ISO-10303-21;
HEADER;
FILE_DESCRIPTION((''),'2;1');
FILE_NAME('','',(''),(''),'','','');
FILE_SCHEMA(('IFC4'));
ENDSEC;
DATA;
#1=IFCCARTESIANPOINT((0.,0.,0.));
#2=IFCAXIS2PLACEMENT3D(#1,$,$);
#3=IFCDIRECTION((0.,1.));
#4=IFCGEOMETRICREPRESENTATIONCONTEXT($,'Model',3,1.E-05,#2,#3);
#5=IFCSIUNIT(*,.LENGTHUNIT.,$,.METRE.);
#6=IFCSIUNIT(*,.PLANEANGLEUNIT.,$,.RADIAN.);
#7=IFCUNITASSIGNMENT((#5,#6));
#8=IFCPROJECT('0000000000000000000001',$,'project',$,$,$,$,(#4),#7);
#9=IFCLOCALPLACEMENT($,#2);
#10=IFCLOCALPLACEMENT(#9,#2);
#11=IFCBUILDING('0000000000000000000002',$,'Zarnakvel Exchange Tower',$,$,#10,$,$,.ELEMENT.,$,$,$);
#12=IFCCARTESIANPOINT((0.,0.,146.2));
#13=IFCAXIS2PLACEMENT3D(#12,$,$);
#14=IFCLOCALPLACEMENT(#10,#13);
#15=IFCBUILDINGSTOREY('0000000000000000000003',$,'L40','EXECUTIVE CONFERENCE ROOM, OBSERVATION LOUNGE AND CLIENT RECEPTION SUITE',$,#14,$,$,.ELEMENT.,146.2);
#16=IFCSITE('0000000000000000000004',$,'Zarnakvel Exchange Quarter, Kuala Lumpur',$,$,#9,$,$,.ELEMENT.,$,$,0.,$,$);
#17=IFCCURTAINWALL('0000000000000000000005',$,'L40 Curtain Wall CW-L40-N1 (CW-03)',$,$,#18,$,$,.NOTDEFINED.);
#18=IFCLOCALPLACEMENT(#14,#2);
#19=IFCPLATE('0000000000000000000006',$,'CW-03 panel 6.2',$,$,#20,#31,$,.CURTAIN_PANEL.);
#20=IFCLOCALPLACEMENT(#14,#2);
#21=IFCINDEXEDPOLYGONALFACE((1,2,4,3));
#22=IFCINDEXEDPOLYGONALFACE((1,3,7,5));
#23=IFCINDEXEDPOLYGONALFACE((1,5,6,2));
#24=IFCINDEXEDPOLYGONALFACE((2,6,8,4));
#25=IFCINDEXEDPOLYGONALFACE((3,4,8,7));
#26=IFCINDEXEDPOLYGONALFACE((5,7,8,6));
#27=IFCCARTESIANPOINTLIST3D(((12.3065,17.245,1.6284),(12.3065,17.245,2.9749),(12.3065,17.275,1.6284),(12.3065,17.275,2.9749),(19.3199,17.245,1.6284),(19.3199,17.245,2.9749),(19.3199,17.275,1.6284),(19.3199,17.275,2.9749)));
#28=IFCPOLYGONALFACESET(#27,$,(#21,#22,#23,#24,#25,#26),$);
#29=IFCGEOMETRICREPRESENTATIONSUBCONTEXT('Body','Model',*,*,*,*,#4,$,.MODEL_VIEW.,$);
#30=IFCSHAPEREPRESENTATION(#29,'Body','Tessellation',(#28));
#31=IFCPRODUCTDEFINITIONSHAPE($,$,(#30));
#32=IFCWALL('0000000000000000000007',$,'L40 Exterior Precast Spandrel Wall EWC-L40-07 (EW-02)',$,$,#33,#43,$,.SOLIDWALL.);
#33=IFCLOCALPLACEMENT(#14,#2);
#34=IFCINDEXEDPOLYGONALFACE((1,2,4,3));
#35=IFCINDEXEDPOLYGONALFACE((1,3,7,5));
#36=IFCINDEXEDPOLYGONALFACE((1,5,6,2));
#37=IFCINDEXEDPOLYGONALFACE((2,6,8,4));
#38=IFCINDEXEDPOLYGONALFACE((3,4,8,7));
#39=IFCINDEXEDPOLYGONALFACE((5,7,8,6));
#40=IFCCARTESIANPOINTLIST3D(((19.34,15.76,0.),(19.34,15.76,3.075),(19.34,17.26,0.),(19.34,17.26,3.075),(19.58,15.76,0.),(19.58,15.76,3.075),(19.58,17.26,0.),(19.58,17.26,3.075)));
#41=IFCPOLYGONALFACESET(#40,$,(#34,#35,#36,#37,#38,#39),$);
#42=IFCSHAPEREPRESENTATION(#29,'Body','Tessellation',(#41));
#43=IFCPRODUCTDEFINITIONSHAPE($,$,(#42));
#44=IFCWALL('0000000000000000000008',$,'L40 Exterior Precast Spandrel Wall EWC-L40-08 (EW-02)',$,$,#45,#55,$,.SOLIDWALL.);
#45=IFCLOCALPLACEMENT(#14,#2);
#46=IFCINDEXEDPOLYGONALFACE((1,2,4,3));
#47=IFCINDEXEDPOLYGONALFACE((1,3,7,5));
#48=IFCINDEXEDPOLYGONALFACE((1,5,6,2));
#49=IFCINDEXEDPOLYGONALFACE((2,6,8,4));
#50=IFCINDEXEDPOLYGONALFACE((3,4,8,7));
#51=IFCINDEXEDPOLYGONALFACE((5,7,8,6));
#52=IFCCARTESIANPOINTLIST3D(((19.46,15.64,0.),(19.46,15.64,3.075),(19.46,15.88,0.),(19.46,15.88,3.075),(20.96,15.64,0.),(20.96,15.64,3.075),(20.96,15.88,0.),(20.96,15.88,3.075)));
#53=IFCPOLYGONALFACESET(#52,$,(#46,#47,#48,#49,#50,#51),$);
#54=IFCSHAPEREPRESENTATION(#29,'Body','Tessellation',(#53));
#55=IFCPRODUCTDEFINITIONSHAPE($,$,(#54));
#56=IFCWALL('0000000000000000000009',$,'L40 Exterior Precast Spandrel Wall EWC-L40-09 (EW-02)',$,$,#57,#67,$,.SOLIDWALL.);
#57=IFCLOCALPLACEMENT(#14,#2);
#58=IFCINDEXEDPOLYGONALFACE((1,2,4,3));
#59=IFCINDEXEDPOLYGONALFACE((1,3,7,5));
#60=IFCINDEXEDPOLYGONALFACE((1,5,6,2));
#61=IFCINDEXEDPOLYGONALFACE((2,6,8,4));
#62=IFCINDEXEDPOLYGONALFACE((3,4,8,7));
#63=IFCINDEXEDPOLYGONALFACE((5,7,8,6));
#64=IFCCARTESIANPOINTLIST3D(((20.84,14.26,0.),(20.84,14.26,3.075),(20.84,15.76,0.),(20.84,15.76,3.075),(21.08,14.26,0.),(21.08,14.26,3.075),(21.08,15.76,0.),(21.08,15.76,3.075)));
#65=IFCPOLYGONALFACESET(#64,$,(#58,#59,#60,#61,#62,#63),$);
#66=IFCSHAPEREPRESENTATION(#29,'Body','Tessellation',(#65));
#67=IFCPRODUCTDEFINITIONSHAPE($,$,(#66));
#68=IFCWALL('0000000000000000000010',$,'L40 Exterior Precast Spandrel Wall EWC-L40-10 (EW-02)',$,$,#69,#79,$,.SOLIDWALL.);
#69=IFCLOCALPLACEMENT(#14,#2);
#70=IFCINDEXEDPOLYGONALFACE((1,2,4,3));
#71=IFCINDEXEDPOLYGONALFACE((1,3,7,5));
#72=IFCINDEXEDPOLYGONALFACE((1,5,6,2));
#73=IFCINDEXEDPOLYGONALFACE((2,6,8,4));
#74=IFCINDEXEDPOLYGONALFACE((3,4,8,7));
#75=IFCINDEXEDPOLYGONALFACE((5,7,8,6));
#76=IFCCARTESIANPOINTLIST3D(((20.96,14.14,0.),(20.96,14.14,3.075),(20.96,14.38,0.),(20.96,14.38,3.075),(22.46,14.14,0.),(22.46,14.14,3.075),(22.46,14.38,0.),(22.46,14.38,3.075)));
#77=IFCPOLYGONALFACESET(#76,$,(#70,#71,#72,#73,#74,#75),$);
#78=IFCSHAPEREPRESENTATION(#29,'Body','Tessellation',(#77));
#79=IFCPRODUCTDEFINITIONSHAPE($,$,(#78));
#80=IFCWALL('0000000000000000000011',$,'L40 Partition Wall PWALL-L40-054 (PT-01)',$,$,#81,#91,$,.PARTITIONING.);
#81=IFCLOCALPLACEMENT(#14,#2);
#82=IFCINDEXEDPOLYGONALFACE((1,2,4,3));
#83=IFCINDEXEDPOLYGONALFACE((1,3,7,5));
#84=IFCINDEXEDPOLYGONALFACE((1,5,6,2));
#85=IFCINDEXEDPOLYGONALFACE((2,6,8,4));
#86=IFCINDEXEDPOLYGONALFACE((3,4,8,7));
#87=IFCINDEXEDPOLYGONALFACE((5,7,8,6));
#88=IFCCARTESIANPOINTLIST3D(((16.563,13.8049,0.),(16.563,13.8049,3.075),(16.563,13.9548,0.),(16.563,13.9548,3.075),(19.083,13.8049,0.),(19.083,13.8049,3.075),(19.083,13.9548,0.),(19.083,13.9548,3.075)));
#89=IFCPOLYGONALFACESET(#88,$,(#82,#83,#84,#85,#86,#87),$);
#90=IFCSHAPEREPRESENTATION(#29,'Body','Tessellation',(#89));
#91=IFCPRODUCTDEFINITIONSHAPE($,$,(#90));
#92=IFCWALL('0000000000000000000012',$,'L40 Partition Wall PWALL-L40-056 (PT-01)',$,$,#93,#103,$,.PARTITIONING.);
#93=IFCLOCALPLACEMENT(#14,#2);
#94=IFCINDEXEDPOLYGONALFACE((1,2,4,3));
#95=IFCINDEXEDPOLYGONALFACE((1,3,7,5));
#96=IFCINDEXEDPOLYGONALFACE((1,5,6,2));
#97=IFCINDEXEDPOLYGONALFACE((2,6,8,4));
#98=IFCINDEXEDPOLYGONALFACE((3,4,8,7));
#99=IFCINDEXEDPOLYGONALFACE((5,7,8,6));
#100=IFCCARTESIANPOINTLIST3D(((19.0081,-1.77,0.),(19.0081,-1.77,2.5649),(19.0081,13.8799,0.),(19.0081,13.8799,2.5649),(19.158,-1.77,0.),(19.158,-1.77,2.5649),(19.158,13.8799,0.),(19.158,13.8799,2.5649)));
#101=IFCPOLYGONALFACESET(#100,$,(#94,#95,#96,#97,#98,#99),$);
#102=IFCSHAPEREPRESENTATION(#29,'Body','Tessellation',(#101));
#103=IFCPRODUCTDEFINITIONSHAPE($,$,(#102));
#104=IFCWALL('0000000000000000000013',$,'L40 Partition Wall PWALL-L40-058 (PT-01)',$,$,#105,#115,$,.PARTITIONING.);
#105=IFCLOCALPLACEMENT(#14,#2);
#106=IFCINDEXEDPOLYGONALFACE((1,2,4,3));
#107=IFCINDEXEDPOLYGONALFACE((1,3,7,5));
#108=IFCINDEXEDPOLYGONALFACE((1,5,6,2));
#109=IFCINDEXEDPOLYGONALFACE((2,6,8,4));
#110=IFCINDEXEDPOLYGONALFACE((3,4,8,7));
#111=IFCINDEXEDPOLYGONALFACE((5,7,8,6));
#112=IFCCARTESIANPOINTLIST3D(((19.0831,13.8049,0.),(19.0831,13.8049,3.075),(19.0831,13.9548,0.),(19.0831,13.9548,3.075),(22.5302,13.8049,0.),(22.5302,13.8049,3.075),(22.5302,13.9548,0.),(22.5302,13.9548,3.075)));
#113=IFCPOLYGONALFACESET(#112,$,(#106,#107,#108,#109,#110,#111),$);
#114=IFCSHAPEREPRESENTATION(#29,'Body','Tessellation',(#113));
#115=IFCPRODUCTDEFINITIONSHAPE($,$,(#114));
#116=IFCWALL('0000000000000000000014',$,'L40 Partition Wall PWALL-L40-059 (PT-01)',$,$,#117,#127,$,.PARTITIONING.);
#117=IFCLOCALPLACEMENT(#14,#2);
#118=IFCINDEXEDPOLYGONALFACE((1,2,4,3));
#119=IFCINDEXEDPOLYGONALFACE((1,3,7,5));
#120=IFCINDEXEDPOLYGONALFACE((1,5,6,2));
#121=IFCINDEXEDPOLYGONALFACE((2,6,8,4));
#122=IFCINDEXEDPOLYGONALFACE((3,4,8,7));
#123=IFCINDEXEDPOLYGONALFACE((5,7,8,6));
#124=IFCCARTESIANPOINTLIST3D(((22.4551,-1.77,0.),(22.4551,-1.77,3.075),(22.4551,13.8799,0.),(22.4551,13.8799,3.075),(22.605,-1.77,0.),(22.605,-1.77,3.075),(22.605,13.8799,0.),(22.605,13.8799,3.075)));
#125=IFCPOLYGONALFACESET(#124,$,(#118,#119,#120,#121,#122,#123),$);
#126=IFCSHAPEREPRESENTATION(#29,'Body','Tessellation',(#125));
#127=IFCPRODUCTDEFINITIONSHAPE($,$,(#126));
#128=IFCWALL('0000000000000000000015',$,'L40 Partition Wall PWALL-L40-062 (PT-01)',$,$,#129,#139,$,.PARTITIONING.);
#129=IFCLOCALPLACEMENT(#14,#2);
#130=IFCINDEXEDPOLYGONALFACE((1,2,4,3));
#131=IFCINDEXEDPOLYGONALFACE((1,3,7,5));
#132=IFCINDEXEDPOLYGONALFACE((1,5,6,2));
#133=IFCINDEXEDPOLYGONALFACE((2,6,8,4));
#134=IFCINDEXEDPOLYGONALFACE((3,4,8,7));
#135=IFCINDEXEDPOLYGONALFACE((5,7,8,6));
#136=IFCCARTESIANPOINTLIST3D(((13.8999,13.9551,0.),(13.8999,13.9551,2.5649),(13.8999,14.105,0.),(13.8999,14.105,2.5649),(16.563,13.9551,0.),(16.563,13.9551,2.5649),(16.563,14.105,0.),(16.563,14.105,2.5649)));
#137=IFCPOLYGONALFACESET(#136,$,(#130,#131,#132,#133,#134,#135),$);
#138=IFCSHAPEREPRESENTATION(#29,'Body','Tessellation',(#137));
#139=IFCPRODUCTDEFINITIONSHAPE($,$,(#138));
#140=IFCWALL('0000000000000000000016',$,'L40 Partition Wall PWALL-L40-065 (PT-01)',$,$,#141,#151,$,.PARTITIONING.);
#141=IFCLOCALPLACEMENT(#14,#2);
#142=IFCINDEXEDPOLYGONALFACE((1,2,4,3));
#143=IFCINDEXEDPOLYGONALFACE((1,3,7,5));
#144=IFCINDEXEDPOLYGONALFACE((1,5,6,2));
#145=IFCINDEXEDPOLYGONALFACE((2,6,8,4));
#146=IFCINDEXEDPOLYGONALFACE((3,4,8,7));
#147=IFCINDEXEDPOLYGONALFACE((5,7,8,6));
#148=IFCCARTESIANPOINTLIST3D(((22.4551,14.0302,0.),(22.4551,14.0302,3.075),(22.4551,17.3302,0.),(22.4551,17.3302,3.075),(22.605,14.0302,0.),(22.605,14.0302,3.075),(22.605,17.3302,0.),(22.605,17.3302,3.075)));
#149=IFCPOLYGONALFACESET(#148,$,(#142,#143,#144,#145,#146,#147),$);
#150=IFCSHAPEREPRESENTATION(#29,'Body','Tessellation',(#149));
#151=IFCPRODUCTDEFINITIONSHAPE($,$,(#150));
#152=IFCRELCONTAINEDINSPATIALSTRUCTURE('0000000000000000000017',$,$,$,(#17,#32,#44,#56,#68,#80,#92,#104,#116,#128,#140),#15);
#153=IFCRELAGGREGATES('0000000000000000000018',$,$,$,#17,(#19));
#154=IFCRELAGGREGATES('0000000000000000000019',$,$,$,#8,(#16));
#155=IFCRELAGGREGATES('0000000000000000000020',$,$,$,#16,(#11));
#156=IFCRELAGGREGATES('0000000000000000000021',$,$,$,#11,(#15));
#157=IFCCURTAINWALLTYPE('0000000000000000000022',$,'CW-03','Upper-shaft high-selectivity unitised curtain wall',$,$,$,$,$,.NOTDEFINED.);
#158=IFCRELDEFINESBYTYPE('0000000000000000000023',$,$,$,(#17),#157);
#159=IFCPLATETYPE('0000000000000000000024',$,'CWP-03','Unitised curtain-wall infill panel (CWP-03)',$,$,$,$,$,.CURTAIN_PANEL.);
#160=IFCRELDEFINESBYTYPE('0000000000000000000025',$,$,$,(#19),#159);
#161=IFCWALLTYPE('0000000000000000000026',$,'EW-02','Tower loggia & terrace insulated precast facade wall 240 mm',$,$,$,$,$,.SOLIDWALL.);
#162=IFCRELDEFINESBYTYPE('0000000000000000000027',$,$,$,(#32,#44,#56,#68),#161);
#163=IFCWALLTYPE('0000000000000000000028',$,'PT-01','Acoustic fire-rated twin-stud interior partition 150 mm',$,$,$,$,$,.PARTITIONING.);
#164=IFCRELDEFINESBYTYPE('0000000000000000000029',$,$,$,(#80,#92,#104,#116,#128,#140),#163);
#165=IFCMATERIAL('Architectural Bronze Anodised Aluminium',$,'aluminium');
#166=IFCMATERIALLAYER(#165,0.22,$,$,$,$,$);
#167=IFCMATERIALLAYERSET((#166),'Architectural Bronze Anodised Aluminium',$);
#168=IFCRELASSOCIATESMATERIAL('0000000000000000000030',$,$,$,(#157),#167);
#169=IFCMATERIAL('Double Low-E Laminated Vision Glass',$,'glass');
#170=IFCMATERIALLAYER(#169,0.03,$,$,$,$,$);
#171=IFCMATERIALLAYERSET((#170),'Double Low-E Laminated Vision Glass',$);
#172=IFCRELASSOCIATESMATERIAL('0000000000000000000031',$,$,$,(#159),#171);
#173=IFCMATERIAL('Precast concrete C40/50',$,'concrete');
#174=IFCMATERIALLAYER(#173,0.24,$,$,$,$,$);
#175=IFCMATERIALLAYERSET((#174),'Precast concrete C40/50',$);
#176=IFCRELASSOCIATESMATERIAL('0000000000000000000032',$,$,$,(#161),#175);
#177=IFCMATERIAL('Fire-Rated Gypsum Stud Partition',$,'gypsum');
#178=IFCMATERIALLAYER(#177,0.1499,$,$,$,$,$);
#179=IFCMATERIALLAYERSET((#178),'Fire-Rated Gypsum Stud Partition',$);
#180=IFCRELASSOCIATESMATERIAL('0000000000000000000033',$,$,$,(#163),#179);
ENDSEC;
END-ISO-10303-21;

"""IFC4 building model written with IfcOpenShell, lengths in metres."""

from ifc_helpers import new_model, si_unit, direction, frame, frame_2d, origin, origin_2d, place, context, subcontext, project, spatial, rectangle, extrude, source, transform, mapped, material, layer, layer_set, type_object, element, aggregate, save


model = new_model("IFC4")

# Units and contexts
model_context = context("Model", 3, precision=1e-05, world=origin(), true_north=direction((0.0, 1.0)))
body_context = subcontext(model_context, "Body", "Model", "MODEL_VIEW")
ifc_project = project(units=[si_unit("LENGTHUNIT", "METRE"), si_unit("PLANEANGLEUNIT", "RADIAN")], contexts=[model_context])

# Site, building, storey
site_placement = place(None, origin())
site = spatial("IfcSite", under=ifc_project, at=site_placement, Name="Zarnakvel Exchange Quarter, Kuala Lumpur", CompositionType="ELEMENT", RefElevation=0.0)
building_placement = place(site_placement, origin())
building = spatial("IfcBuilding", under=site, at=building_placement, Name="Zarnakvel Exchange Tower", CompositionType="ELEMENT")
storey_placement = place(building_placement, frame((0.0, 0.0, 146.2)))
storey = spatial("IfcBuildingStorey", under=building, at=storey_placement, Name="L40", Description="EXECUTIVE CONFERENCE ROOM, OBSERVATION LOUNGE AND CLIENT RECEPTION SUITE", CompositionType="ELEMENT", Elevation=146.2)

# Shared definitions
ifc_material_1 = material(Name="Architectural Bronze Anodised Aluminium", Category="aluminium")

# Curtain wall, plate
ifc_layer_1 = layer(ifc_material_1, 0.22)
ifc_layer_set_1 = layer_set([ifc_layer_1], Name="Architectural Bronze Anodised Aluminium")
curtain_wall_type_1 = type_object("IfcCurtainWallType", Name="CW-03", Description="Upper-shaft high-selectivity unitised curtain wall", PredefinedType="NOTDEFINED", material=ifc_layer_set_1)
curtain_wall_1_placement = place(storey_placement, origin())
curtain_wall_1 = element("IfcCurtainWall", 1, at=curtain_wall_1_placement, inside=storey, type_object=curtain_wall_type_1, Name="L40 Curtain Wall CW-L40-N1 (CW-03)", PredefinedType="NOTDEFINED")
ifc_material_2 = material(Name="Double Low-E Laminated Vision Glass", Category="glass")
ifc_layer_2 = layer(ifc_material_2, 0.03)
ifc_layer_set_2 = layer_set([ifc_layer_2], Name="Double Low-E Laminated Vision Glass")
plate_type = type_object("IfcPlateType", Name="CWP-03", Description="Unitised curtain-wall infill panel (CWP-03)", PredefinedType="CURTAIN_PANEL", material=ifc_layer_set_2)
shared_shape_1 = source(origin(), body_context, "Body", "SweptSolid", [
    extrude(rectangle(XDim=7.0134, YDim=0.03, at=origin_2d()), origin(), (0.0, 0.0, 1.0), 1.3464),
])
plate_1_placement = place(storey_placement, frame((15.8132, 17.26, 1.6284), z_axis=(0.0, 0.0, 1.0), x_axis=(1.0, 0.0, 0.0)))
plate_1 = element("IfcPlate", 2, at=plate_1_placement, type_object=plate_type, Name="CW-03 panel 6.2", PredefinedType="CURTAIN_PANEL", context=body_context, shape_type="MappedRepresentation", body=[
    mapped(shared_shape_1, transform((0.0, 0.0, 0.0), x_axis=(1.0, 0.0, 0.0), y_axis=(0.0, 1.0, 0.0), z_axis=(0.0, 0.0, 1.0), scale=1.0)),
])
aggregate(curtain_wall_1, [plate_1])

# Walls
ifc_material_3 = material(Name="Precast concrete C40/50", Category="concrete")
ifc_layer_3 = layer(ifc_material_3, 0.24)
ifc_layer_set_3 = layer_set([ifc_layer_3], Name="Precast concrete C40/50")
wall_type_1 = type_object("IfcWallType", Name="EW-02", Description="Tower loggia & terrace insulated precast facade wall 240 mm", PredefinedType="SOLIDWALL", material=ifc_layer_set_3)
for number, where, z_axis, x_axis, name in (
    (3, (19.46, 15.76, 0.0), (0.0, 0.0, 1.0), (0.0, 1.0, 0.0), "L40 Exterior Precast Spandrel Wall EWC-L40-07 (EW-02)"),
    (4, (20.96, 15.76, 0.0), (0.0, 0.0, 1.0), (-1.0, 0.0, 0.0), "L40 Exterior Precast Spandrel Wall EWC-L40-08 (EW-02)"),
    (5, (20.96, 14.26, 0.0), (0.0, 0.0, 1.0), (0.0, 1.0, 0.0), "L40 Exterior Precast Spandrel Wall EWC-L40-09 (EW-02)"),
    (6, (22.46, 14.26, 0.0), (0.0, 0.0, 1.0), (-1.0, 0.0, 0.0), "L40 Exterior Precast Spandrel Wall EWC-L40-10 (EW-02)"),
):
    element("IfcWall", number, at=place(storey_placement, frame(where, z_axis=z_axis, x_axis=x_axis)), inside=storey, type_object=wall_type_1, Name=name, PredefinedType="SOLIDWALL", context=body_context, shape_type="SweptSolid", body=[
        extrude(rectangle(XDim=1.5, YDim=0.24, at=frame_2d((0.75, 0.0))), origin(), (0.0, 0.0, 1.0), 3.075),
    ])
ifc_material_4 = material(Name="Fire-Rated Gypsum Stud Partition", Category="gypsum")
ifc_layer_4 = layer(ifc_material_4, 0.1499)
ifc_layer_set_4 = layer_set([ifc_layer_4], Name="Fire-Rated Gypsum Stud Partition")
wall_type_2 = type_object("IfcWallType", Name="PT-01", Description="Acoustic fire-rated twin-stud interior partition 150 mm", PredefinedType="PARTITIONING", material=ifc_layer_set_4)
wall_1_placement = place(storey_placement, frame((16.563, 13.8799, 0.0), z_axis=(0.0, 0.0, 1.0), x_axis=(1.0, 0.0, 0.0)))
element("IfcWall", 7, at=wall_1_placement, inside=storey, type_object=wall_type_2, Name="L40 Partition Wall PWALL-L40-054 (PT-01)", PredefinedType="PARTITIONING", context=body_context, shape_type="SweptSolid", body=[
    extrude(rectangle(XDim=2.52, YDim=0.1499, at=frame_2d((1.26, 0.0))), origin(), (0.0, 0.0, 1.0), 3.075),
])
wall_2_placement = place(storey_placement, frame((19.083, 13.8799, 0.0), z_axis=(0.0, 0.0, 1.0), x_axis=(0.0, -1.0, 0.0)))
element("IfcWall", 8, at=wall_2_placement, inside=storey, type_object=wall_type_2, Name="L40 Partition Wall PWALL-L40-056 (PT-01)", PredefinedType="PARTITIONING", context=body_context, shape_type="SweptSolid", body=[
    extrude(rectangle(XDim=15.6499, YDim=0.1499, at=frame_2d((7.825, 0.0))), origin(), (0.0, 0.0, 1.0), 2.5649),
])
wall_3_placement = place(storey_placement, frame((19.083, 13.8799, 0.0), z_axis=(0.0, 0.0, 1.0), x_axis=(1.0, 0.0, 0.0)))
element("IfcWall", 9, at=wall_3_placement, inside=storey, type_object=wall_type_2, Name="L40 Partition Wall PWALL-L40-058 (PT-01)", PredefinedType="PARTITIONING", context=body_context, shape_type="SweptSolid", body=[
    extrude(rectangle(XDim=3.447, YDim=0.1499, at=frame_2d((1.7236, 0.0))), origin(), (0.0, 0.0, 1.0), 3.075),
])
wall_4_placement = place(storey_placement, frame((22.53, 13.8799, 0.0), z_axis=(0.0, 0.0, 1.0), x_axis=(0.0, -1.0, 0.0)))
element("IfcWall", 10, at=wall_4_placement, inside=storey, type_object=wall_type_2, Name="L40 Partition Wall PWALL-L40-059 (PT-01)", PredefinedType="PARTITIONING", context=body_context, shape_type="SweptSolid", body=[
    extrude(rectangle(XDim=15.6499, YDim=0.1499, at=frame_2d((7.825, 0.0))), origin(), (0.0, 0.0, 1.0), 3.075),
])
wall_5_placement = place(storey_placement, frame((16.563, 14.03, 0.0), z_axis=(0.0, 0.0, 1.0), x_axis=(-1.0, 0.0, 0.0)))
element("IfcWall", 11, at=wall_5_placement, inside=storey, type_object=wall_type_2, Name="L40 Partition Wall PWALL-L40-062 (PT-01)", PredefinedType="PARTITIONING", context=body_context, shape_type="SweptSolid", body=[
    extrude(rectangle(XDim=2.6631, YDim=0.1499, at=frame_2d((1.3315, 0.0))), origin(), (0.0, 0.0, 1.0), 2.5649),
])
wall_6_placement = place(storey_placement, frame((22.53, 17.3301, 0.0), z_axis=(0.0, 0.0, 1.0), x_axis=(0.0, -1.0, 0.0)))
element("IfcWall", 12, at=wall_6_placement, inside=storey, type_object=wall_type_2, Name="L40 Partition Wall PWALL-L40-065 (PT-01)", PredefinedType="PARTITIONING", context=body_context, shape_type="SweptSolid", body=[
    extrude(rectangle(XDim=3.3, YDim=0.1499, at=frame_2d((1.6499, 0.0))), origin(), (0.0, 0.0, 1.0), 3.075),
])

save(model, "model.ifc")
